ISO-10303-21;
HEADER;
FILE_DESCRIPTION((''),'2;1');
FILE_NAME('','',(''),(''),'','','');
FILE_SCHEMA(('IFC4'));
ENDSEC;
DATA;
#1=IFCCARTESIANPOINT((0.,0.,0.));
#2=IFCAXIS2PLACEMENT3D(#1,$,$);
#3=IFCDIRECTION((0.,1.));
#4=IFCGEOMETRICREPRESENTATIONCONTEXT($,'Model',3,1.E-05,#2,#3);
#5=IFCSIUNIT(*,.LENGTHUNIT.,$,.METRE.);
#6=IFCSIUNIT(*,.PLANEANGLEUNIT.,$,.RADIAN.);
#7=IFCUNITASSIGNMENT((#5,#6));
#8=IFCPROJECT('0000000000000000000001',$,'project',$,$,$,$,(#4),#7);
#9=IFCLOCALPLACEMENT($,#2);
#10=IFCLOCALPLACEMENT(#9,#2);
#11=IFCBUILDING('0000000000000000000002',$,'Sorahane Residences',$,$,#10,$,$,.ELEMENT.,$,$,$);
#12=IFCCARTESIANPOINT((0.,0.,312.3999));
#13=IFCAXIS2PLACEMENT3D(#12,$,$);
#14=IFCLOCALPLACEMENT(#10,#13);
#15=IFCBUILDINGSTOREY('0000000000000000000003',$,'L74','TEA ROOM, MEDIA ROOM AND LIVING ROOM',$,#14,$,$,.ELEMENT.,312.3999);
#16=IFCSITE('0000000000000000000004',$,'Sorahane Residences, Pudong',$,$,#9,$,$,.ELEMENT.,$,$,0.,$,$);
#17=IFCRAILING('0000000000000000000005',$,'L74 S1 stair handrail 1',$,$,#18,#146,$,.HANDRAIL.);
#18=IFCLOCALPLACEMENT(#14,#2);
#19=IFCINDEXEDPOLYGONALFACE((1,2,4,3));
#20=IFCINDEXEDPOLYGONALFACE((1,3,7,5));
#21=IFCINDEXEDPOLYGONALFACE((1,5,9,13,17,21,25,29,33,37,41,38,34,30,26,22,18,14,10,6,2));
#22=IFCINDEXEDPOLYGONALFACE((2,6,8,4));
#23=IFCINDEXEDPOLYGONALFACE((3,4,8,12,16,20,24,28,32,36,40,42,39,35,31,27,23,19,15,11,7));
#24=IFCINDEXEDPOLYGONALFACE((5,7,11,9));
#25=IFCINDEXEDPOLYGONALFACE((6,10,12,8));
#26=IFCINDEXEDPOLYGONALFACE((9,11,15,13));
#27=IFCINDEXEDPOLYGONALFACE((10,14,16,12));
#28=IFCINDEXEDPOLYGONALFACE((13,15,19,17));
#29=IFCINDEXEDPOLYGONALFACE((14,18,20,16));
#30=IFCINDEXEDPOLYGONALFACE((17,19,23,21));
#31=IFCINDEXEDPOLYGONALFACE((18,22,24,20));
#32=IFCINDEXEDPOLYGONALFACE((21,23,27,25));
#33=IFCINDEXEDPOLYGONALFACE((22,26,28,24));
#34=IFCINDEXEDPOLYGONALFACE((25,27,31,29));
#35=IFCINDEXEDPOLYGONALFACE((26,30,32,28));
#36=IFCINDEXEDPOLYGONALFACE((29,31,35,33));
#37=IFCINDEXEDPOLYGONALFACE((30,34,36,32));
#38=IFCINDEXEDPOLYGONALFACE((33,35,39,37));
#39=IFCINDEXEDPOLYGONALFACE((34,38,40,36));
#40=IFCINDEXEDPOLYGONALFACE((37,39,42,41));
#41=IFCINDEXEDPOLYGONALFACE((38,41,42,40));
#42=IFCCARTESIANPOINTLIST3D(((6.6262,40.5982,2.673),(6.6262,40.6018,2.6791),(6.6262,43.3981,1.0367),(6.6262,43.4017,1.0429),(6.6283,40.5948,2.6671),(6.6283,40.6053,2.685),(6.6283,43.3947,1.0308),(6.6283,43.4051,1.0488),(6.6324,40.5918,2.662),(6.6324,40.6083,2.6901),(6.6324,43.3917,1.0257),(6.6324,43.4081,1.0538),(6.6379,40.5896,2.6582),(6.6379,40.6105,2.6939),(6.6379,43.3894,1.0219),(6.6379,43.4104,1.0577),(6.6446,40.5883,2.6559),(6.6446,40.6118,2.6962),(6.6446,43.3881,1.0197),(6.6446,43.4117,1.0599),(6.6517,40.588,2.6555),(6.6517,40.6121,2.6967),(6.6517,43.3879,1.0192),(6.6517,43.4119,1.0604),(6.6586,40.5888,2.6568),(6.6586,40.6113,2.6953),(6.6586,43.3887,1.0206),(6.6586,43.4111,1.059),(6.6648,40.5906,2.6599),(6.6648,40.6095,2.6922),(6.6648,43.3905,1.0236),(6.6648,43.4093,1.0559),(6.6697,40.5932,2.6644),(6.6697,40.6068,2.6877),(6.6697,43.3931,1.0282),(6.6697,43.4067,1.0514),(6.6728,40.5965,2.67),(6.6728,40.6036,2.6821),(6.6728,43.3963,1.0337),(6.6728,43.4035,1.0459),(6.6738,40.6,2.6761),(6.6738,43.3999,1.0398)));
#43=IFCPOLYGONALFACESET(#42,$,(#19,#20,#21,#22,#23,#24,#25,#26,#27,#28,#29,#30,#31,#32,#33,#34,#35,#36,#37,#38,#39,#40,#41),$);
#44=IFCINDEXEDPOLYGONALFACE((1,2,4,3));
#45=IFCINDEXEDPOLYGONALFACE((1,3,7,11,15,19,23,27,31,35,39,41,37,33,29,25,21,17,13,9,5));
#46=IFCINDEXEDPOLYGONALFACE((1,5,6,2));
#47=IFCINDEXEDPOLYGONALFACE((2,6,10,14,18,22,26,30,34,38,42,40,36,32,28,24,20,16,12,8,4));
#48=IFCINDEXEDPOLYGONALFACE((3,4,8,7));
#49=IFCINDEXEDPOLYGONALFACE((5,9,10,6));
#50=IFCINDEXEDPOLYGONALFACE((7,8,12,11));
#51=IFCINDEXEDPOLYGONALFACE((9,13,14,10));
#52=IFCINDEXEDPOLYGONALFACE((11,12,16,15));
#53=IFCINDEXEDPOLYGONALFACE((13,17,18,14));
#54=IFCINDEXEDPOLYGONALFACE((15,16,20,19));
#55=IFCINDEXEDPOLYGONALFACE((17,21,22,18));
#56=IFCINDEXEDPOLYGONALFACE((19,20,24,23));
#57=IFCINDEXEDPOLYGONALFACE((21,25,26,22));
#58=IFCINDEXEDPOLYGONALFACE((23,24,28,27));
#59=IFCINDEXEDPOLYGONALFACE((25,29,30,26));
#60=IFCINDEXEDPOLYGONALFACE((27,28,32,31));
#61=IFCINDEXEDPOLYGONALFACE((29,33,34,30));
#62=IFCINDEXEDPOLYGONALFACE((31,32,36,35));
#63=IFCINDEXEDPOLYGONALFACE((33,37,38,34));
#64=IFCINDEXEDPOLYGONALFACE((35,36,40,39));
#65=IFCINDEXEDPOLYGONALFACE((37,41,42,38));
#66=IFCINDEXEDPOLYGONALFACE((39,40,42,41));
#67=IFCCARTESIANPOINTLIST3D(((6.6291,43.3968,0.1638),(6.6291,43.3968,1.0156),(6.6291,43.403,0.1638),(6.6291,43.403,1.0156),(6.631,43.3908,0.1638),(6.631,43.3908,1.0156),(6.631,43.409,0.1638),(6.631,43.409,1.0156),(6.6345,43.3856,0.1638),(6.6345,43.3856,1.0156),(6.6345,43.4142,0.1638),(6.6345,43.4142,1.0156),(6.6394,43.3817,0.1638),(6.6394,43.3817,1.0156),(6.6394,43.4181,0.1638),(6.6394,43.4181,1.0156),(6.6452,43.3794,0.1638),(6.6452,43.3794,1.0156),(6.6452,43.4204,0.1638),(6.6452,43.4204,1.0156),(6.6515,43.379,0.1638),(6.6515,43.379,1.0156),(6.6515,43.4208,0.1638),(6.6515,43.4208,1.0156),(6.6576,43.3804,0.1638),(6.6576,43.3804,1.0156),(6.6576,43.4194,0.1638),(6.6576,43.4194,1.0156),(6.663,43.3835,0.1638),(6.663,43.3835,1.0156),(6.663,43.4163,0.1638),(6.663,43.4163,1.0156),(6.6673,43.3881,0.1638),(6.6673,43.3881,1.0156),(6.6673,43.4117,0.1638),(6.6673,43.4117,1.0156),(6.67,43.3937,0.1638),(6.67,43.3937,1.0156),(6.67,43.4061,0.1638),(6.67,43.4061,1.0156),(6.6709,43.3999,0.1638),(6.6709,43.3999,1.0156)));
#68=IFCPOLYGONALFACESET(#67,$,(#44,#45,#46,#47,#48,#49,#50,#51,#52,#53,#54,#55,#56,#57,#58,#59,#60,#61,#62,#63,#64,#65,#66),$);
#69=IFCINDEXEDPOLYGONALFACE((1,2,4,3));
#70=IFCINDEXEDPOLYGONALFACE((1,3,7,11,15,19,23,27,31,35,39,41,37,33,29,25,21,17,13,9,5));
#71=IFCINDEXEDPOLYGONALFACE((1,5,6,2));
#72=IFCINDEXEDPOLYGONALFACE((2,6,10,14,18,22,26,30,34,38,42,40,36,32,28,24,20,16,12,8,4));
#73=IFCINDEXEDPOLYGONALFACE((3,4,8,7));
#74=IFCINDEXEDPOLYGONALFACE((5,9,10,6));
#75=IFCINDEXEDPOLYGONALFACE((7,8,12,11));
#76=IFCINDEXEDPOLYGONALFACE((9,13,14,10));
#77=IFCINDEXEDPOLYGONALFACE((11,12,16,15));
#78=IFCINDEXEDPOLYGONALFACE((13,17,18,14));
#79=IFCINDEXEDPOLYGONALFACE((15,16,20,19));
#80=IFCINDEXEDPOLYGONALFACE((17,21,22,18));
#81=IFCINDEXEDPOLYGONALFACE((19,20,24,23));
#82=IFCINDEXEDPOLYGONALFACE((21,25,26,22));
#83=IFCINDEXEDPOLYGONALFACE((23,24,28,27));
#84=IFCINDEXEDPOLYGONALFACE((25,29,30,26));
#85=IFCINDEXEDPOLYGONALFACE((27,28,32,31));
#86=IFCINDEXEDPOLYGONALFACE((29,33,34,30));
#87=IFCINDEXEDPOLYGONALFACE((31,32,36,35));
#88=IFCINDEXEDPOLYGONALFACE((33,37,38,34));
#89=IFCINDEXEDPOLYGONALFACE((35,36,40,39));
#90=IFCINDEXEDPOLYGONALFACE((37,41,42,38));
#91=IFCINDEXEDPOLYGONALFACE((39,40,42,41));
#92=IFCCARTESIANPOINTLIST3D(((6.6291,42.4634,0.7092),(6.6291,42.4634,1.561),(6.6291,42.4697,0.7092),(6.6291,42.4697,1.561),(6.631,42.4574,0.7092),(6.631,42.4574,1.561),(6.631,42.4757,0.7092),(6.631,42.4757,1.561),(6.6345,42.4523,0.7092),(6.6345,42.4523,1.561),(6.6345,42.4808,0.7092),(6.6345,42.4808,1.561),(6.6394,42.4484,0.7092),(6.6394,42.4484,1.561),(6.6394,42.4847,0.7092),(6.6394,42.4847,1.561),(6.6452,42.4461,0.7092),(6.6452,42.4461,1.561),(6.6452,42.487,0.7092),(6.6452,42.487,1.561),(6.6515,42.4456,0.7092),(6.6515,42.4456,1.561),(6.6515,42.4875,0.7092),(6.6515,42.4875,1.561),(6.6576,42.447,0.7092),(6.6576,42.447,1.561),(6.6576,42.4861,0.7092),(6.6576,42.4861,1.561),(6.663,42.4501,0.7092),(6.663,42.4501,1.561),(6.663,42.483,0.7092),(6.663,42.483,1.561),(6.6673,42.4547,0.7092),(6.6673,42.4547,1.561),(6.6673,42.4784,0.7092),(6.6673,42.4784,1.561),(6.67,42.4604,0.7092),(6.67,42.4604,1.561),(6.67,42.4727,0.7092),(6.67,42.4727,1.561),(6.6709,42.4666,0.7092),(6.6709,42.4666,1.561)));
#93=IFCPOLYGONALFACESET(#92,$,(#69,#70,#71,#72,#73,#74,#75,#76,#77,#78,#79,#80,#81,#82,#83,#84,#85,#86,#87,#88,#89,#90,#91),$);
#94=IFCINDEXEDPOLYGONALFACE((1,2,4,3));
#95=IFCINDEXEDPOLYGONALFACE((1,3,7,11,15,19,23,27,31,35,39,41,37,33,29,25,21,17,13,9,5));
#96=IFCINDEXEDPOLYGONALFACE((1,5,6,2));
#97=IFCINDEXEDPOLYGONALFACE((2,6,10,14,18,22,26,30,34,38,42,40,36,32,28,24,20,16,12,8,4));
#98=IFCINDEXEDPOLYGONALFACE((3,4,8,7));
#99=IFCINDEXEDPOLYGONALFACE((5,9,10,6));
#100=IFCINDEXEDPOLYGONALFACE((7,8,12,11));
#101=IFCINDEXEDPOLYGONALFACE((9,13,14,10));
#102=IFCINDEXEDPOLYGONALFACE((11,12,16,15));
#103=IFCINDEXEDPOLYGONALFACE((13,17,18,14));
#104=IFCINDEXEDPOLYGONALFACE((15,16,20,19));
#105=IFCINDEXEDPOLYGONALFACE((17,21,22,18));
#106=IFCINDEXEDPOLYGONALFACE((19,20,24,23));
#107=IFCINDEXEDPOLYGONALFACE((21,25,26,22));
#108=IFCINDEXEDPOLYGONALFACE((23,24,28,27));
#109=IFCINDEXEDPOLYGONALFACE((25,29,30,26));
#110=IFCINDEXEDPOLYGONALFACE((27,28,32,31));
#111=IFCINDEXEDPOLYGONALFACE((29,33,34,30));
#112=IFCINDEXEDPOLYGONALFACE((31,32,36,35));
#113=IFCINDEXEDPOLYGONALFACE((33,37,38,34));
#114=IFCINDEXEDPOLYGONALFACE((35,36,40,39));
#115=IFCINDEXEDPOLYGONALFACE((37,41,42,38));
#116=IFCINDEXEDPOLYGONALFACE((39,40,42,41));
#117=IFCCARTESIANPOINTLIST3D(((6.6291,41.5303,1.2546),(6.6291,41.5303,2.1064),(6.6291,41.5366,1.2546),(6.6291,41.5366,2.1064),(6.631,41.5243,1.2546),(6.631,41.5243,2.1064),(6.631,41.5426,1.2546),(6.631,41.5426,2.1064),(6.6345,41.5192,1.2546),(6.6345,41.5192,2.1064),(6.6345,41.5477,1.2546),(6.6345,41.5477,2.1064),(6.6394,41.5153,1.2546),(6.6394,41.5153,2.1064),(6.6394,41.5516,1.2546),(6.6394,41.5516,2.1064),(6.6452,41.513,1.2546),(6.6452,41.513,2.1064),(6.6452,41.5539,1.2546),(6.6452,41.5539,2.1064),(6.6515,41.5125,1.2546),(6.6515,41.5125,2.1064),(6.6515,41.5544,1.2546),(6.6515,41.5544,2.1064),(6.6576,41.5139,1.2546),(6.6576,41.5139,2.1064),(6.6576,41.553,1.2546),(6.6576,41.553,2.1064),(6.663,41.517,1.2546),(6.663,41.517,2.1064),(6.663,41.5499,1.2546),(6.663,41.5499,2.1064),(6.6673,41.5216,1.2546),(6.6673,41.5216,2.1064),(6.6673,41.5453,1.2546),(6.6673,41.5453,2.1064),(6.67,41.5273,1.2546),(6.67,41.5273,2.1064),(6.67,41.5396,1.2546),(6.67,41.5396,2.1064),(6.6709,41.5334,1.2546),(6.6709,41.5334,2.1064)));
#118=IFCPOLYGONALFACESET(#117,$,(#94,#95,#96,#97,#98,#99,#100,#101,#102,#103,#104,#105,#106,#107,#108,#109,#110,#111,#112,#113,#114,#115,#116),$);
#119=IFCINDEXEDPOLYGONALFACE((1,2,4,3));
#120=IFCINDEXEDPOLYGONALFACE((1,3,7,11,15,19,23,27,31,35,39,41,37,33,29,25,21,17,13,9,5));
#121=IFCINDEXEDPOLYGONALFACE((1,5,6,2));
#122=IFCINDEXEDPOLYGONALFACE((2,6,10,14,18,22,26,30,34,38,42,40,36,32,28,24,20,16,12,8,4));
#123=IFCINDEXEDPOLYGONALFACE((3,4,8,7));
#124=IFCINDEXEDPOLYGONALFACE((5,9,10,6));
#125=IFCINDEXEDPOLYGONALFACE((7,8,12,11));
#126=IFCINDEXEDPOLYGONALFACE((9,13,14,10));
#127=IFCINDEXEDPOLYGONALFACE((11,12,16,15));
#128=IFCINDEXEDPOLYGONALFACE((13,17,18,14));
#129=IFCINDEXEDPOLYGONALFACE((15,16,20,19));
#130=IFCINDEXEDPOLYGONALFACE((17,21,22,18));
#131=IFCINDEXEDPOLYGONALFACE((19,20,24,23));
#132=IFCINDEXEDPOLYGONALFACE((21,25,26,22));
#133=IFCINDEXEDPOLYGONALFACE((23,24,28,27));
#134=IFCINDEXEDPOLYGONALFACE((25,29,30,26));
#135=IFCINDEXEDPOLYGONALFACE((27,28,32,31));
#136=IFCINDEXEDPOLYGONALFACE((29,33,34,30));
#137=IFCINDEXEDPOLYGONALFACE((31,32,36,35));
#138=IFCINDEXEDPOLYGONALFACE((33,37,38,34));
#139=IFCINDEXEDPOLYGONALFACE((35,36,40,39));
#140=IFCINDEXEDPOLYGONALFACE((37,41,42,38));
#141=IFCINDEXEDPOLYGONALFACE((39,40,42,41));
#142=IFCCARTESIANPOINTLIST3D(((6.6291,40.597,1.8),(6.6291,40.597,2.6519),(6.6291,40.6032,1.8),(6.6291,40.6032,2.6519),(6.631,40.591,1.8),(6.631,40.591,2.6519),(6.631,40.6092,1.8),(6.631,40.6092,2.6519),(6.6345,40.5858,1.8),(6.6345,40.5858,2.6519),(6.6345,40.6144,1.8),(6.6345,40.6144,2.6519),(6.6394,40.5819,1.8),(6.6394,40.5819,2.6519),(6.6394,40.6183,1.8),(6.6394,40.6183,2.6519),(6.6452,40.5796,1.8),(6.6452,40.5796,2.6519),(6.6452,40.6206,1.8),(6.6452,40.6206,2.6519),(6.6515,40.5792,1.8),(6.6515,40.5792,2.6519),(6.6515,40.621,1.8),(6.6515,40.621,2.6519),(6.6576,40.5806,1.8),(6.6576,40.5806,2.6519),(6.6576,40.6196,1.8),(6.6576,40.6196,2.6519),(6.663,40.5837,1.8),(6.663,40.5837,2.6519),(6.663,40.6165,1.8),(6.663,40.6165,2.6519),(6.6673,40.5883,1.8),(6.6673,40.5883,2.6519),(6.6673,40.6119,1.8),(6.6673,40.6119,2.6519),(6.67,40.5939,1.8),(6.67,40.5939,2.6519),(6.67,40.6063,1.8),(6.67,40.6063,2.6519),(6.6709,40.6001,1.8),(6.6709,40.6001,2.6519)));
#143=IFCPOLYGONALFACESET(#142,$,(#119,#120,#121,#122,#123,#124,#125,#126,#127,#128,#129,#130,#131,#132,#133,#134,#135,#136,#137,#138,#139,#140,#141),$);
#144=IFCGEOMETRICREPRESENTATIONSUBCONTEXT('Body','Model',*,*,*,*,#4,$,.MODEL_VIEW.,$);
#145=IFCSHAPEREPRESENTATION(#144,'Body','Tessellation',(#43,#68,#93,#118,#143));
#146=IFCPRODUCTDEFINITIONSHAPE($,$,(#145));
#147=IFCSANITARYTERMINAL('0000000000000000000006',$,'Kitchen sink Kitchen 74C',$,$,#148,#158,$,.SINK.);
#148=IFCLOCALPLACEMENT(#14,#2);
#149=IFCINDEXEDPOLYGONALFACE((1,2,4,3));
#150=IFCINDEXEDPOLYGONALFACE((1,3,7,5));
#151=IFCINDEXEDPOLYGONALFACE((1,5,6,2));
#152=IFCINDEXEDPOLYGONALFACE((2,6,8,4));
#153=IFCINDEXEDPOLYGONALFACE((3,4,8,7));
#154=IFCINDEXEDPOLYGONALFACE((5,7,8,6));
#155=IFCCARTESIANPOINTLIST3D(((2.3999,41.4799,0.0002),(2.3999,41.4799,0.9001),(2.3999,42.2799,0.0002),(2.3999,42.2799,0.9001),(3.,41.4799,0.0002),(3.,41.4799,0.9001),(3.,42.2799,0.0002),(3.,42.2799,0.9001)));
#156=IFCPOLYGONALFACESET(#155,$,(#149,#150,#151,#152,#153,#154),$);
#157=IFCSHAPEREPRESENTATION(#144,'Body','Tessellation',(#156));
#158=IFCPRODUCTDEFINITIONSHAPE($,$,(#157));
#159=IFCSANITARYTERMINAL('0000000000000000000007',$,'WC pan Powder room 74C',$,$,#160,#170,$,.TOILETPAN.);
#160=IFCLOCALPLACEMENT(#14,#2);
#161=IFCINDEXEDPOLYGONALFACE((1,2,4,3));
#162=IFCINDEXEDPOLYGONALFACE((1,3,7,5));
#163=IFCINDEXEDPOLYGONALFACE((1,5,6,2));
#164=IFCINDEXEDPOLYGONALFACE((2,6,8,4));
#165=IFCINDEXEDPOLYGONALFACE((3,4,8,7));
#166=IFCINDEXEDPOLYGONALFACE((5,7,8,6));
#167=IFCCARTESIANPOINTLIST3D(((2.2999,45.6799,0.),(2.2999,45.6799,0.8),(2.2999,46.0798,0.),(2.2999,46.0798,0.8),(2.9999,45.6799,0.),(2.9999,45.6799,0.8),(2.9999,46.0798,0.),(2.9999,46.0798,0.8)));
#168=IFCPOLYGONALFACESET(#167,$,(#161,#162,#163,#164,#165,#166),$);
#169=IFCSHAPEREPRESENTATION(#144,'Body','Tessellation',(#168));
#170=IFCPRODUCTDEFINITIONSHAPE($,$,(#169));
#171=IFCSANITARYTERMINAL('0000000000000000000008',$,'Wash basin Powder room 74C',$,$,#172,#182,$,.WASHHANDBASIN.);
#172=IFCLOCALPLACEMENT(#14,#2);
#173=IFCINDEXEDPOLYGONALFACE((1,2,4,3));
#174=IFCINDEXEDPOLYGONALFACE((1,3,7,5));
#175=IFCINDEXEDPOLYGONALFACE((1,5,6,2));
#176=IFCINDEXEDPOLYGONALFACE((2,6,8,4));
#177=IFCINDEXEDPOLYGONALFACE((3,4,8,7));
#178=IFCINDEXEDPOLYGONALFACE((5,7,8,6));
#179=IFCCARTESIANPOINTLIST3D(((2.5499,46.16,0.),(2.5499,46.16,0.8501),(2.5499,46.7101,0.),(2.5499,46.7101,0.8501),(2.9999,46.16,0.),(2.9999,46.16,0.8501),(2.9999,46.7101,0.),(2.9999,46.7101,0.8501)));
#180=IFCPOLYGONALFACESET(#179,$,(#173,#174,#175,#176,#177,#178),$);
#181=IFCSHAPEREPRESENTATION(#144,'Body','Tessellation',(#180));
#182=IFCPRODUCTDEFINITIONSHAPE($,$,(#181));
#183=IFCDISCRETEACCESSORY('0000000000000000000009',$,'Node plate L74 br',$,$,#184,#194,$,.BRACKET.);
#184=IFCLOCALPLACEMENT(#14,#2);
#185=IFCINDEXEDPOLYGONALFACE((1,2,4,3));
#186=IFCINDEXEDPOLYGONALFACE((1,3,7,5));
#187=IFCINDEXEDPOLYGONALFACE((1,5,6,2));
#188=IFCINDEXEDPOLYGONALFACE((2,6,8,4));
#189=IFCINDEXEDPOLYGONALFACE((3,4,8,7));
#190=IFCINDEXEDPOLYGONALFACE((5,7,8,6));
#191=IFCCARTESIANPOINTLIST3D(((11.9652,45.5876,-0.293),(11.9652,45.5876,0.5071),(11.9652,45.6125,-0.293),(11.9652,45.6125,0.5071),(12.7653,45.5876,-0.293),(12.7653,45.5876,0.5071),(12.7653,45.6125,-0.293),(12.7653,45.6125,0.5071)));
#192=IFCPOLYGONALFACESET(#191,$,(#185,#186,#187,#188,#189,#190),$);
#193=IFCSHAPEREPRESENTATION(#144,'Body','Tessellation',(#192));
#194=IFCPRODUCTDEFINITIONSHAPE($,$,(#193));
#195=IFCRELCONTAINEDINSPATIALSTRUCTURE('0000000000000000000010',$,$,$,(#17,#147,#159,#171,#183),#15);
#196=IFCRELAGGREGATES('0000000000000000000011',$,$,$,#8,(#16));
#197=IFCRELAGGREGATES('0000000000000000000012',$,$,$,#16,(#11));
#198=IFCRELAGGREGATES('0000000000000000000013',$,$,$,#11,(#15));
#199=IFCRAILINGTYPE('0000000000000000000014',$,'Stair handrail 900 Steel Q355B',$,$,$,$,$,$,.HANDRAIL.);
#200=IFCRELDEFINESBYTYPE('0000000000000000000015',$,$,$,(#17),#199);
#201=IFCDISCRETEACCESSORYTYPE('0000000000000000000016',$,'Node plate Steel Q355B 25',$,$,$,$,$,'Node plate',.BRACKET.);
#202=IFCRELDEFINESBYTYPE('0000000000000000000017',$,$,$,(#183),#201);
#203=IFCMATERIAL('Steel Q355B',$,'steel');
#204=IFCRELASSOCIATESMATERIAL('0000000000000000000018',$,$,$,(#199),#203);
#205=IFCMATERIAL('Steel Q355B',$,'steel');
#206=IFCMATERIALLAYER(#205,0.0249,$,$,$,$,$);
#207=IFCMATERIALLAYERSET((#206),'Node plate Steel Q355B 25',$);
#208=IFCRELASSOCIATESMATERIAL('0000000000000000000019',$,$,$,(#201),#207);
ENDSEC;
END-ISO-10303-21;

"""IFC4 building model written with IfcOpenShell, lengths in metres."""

from ifc_helpers import new_model, si_unit, direction, frame, origin, origin_2d, place, context, subcontext, project, spatial, rectangle, circle, extrude, material, layer, layer_set, type_object, element, save


model = new_model("IFC4")

# Units and contexts
model_context = context("Model", 3, precision=1e-05, world=origin(), true_north=direction((0.0, 1.0)))
body_context = subcontext(model_context, "Body", "Model", "MODEL_VIEW")
ifc_project = project(units=[si_unit("LENGTHUNIT", "METRE"), si_unit("PLANEANGLEUNIT", "RADIAN")], contexts=[model_context])

# Site, building, storey
site_placement = place(None, origin())
site = spatial("IfcSite", under=ifc_project, at=site_placement, Name="Sorahane Residences, Pudong", CompositionType="ELEMENT", RefElevation=0.0)
building_placement = place(site_placement, origin())
building = spatial("IfcBuilding", under=site, at=building_placement, Name="Sorahane Residences", CompositionType="ELEMENT")
storey_placement = place(building_placement, frame((0.0, 0.0, 312.3999)))
storey = spatial("IfcBuildingStorey", under=building, at=storey_placement, Name="L74", Description="TEA ROOM, MEDIA ROOM AND LIVING ROOM", CompositionType="ELEMENT", Elevation=312.3999)

# Railing
ifc_material_1 = material(Name="Steel Q355B", Category="steel")
railing_type_1 = type_object("IfcRailingType", Name="Stair handrail 900 Steel Q355B", PredefinedType="HANDRAIL", material=ifc_material_1)
railing_1_placement = place(storey_placement, frame((6.6499, 43.3999, 0.1638)))
element("IfcRailing", 1, at=railing_1_placement, inside=storey, type_object=railing_type_1, Name="L74 S1 stair handrail 1", PredefinedType="HANDRAIL", context=body_context, shape_type="SweptSolid", body=[
    extrude(circle(Radius=0.0239, at=origin_2d()), frame((0.0, 0.0, 0.876), z_axis=(0.0, -0.863374, 0.504564), x_axis=(1.0, 0.0, 0.0)), (0.0, 0.0, 1.0), 3.2429),
    extrude(circle(Radius=0.021, at=origin_2d()), origin(), (0.0, 0.0, 1.0), 0.8518),
    extrude(circle(Radius=0.021, at=origin_2d()), frame((0.0, -0.9333, 0.5454)), (0.0, 0.0, 1.0), 0.8518),
    extrude(circle(Radius=0.021, at=origin_2d()), frame((0.0, -1.8665, 1.0908)), (0.0, 0.0, 1.0), 0.8518),
    extrude(circle(Radius=0.021, at=origin_2d()), frame((0.0, -2.7998, 1.6362)), (0.0, 0.0, 1.0), 0.8518),
])

# Sanitary terminals
sanitary_terminal_1_placement = place(storey_placement, frame((2.7, 41.8799, 0.0002), z_axis=(0.0, 0.0, 1.0), x_axis=(0.0, -1.0, 0.0)))
element("IfcSanitaryTerminal", 2, at=sanitary_terminal_1_placement, inside=storey, Name="Kitchen sink Kitchen 74C", PredefinedType="SINK", context=body_context, shape_type="SweptSolid", body=[
    extrude(rectangle(XDim=0.8, YDim=0.6001, at=origin_2d()), origin(), (0.0, 0.0, 1.0), 0.8999),
])
sanitary_terminal_2_placement = place(storey_placement, frame((2.6499, 45.8799, 0.0), z_axis=(0.0, 0.0, 1.0), x_axis=(0.0, -1.0, 0.0)))
element("IfcSanitaryTerminal", 3, at=sanitary_terminal_2_placement, inside=storey, Name="WC pan Powder room 74C", PredefinedType="TOILETPAN", context=body_context, shape_type="SweptSolid", body=[
    extrude(rectangle(XDim=0.3999, YDim=0.7, at=origin_2d()), origin(), (0.0, 0.0, 1.0), 0.8),
])
sanitary_terminal_3_placement = place(storey_placement, frame((2.7749, 46.4351, 0.0), z_axis=(0.0, 0.0, 1.0), x_axis=(0.0, -1.0, 0.0)))
element("IfcSanitaryTerminal", 4, at=sanitary_terminal_3_placement, inside=storey, Name="Wash basin Powder room 74C", PredefinedType="WASHHANDBASIN", context=body_context, shape_type="SweptSolid", body=[
    extrude(rectangle(XDim=0.55, YDim=0.45, at=origin_2d()), origin(), (0.0, 0.0, 1.0), 0.8501),
])

# Discrete accessory
ifc_material_2 = material(Name="Steel Q355B", Category="steel")
ifc_layer_1 = layer(ifc_material_2, 0.0249)
ifc_layer_set_1 = layer_set([ifc_layer_1], Name="Node plate Steel Q355B 25")
discrete_accessory_type = type_object("IfcDiscreteAccessoryType", Name="Node plate Steel Q355B 25", ElementType="Node plate", PredefinedType="BRACKET", material=ifc_layer_set_1)
discrete_accessory_placement = place(storey_placement, frame((12.3652, 45.6001, -0.293), z_axis=(0.0, 0.0, 1.0), x_axis=(1.0, 0.0, 0.0)))
element("IfcDiscreteAccessory", 5, at=discrete_accessory_placement, inside=storey, type_object=discrete_accessory_type, Name="Node plate L74 br", PredefinedType="BRACKET", context=body_context, shape_type="SweptSolid", body=[
    extrude(rectangle(XDim=0.8, YDim=0.0249, at=origin_2d()), origin(), (0.0, 0.0, 1.0), 0.8),
])

save(model, "model.ifc")
